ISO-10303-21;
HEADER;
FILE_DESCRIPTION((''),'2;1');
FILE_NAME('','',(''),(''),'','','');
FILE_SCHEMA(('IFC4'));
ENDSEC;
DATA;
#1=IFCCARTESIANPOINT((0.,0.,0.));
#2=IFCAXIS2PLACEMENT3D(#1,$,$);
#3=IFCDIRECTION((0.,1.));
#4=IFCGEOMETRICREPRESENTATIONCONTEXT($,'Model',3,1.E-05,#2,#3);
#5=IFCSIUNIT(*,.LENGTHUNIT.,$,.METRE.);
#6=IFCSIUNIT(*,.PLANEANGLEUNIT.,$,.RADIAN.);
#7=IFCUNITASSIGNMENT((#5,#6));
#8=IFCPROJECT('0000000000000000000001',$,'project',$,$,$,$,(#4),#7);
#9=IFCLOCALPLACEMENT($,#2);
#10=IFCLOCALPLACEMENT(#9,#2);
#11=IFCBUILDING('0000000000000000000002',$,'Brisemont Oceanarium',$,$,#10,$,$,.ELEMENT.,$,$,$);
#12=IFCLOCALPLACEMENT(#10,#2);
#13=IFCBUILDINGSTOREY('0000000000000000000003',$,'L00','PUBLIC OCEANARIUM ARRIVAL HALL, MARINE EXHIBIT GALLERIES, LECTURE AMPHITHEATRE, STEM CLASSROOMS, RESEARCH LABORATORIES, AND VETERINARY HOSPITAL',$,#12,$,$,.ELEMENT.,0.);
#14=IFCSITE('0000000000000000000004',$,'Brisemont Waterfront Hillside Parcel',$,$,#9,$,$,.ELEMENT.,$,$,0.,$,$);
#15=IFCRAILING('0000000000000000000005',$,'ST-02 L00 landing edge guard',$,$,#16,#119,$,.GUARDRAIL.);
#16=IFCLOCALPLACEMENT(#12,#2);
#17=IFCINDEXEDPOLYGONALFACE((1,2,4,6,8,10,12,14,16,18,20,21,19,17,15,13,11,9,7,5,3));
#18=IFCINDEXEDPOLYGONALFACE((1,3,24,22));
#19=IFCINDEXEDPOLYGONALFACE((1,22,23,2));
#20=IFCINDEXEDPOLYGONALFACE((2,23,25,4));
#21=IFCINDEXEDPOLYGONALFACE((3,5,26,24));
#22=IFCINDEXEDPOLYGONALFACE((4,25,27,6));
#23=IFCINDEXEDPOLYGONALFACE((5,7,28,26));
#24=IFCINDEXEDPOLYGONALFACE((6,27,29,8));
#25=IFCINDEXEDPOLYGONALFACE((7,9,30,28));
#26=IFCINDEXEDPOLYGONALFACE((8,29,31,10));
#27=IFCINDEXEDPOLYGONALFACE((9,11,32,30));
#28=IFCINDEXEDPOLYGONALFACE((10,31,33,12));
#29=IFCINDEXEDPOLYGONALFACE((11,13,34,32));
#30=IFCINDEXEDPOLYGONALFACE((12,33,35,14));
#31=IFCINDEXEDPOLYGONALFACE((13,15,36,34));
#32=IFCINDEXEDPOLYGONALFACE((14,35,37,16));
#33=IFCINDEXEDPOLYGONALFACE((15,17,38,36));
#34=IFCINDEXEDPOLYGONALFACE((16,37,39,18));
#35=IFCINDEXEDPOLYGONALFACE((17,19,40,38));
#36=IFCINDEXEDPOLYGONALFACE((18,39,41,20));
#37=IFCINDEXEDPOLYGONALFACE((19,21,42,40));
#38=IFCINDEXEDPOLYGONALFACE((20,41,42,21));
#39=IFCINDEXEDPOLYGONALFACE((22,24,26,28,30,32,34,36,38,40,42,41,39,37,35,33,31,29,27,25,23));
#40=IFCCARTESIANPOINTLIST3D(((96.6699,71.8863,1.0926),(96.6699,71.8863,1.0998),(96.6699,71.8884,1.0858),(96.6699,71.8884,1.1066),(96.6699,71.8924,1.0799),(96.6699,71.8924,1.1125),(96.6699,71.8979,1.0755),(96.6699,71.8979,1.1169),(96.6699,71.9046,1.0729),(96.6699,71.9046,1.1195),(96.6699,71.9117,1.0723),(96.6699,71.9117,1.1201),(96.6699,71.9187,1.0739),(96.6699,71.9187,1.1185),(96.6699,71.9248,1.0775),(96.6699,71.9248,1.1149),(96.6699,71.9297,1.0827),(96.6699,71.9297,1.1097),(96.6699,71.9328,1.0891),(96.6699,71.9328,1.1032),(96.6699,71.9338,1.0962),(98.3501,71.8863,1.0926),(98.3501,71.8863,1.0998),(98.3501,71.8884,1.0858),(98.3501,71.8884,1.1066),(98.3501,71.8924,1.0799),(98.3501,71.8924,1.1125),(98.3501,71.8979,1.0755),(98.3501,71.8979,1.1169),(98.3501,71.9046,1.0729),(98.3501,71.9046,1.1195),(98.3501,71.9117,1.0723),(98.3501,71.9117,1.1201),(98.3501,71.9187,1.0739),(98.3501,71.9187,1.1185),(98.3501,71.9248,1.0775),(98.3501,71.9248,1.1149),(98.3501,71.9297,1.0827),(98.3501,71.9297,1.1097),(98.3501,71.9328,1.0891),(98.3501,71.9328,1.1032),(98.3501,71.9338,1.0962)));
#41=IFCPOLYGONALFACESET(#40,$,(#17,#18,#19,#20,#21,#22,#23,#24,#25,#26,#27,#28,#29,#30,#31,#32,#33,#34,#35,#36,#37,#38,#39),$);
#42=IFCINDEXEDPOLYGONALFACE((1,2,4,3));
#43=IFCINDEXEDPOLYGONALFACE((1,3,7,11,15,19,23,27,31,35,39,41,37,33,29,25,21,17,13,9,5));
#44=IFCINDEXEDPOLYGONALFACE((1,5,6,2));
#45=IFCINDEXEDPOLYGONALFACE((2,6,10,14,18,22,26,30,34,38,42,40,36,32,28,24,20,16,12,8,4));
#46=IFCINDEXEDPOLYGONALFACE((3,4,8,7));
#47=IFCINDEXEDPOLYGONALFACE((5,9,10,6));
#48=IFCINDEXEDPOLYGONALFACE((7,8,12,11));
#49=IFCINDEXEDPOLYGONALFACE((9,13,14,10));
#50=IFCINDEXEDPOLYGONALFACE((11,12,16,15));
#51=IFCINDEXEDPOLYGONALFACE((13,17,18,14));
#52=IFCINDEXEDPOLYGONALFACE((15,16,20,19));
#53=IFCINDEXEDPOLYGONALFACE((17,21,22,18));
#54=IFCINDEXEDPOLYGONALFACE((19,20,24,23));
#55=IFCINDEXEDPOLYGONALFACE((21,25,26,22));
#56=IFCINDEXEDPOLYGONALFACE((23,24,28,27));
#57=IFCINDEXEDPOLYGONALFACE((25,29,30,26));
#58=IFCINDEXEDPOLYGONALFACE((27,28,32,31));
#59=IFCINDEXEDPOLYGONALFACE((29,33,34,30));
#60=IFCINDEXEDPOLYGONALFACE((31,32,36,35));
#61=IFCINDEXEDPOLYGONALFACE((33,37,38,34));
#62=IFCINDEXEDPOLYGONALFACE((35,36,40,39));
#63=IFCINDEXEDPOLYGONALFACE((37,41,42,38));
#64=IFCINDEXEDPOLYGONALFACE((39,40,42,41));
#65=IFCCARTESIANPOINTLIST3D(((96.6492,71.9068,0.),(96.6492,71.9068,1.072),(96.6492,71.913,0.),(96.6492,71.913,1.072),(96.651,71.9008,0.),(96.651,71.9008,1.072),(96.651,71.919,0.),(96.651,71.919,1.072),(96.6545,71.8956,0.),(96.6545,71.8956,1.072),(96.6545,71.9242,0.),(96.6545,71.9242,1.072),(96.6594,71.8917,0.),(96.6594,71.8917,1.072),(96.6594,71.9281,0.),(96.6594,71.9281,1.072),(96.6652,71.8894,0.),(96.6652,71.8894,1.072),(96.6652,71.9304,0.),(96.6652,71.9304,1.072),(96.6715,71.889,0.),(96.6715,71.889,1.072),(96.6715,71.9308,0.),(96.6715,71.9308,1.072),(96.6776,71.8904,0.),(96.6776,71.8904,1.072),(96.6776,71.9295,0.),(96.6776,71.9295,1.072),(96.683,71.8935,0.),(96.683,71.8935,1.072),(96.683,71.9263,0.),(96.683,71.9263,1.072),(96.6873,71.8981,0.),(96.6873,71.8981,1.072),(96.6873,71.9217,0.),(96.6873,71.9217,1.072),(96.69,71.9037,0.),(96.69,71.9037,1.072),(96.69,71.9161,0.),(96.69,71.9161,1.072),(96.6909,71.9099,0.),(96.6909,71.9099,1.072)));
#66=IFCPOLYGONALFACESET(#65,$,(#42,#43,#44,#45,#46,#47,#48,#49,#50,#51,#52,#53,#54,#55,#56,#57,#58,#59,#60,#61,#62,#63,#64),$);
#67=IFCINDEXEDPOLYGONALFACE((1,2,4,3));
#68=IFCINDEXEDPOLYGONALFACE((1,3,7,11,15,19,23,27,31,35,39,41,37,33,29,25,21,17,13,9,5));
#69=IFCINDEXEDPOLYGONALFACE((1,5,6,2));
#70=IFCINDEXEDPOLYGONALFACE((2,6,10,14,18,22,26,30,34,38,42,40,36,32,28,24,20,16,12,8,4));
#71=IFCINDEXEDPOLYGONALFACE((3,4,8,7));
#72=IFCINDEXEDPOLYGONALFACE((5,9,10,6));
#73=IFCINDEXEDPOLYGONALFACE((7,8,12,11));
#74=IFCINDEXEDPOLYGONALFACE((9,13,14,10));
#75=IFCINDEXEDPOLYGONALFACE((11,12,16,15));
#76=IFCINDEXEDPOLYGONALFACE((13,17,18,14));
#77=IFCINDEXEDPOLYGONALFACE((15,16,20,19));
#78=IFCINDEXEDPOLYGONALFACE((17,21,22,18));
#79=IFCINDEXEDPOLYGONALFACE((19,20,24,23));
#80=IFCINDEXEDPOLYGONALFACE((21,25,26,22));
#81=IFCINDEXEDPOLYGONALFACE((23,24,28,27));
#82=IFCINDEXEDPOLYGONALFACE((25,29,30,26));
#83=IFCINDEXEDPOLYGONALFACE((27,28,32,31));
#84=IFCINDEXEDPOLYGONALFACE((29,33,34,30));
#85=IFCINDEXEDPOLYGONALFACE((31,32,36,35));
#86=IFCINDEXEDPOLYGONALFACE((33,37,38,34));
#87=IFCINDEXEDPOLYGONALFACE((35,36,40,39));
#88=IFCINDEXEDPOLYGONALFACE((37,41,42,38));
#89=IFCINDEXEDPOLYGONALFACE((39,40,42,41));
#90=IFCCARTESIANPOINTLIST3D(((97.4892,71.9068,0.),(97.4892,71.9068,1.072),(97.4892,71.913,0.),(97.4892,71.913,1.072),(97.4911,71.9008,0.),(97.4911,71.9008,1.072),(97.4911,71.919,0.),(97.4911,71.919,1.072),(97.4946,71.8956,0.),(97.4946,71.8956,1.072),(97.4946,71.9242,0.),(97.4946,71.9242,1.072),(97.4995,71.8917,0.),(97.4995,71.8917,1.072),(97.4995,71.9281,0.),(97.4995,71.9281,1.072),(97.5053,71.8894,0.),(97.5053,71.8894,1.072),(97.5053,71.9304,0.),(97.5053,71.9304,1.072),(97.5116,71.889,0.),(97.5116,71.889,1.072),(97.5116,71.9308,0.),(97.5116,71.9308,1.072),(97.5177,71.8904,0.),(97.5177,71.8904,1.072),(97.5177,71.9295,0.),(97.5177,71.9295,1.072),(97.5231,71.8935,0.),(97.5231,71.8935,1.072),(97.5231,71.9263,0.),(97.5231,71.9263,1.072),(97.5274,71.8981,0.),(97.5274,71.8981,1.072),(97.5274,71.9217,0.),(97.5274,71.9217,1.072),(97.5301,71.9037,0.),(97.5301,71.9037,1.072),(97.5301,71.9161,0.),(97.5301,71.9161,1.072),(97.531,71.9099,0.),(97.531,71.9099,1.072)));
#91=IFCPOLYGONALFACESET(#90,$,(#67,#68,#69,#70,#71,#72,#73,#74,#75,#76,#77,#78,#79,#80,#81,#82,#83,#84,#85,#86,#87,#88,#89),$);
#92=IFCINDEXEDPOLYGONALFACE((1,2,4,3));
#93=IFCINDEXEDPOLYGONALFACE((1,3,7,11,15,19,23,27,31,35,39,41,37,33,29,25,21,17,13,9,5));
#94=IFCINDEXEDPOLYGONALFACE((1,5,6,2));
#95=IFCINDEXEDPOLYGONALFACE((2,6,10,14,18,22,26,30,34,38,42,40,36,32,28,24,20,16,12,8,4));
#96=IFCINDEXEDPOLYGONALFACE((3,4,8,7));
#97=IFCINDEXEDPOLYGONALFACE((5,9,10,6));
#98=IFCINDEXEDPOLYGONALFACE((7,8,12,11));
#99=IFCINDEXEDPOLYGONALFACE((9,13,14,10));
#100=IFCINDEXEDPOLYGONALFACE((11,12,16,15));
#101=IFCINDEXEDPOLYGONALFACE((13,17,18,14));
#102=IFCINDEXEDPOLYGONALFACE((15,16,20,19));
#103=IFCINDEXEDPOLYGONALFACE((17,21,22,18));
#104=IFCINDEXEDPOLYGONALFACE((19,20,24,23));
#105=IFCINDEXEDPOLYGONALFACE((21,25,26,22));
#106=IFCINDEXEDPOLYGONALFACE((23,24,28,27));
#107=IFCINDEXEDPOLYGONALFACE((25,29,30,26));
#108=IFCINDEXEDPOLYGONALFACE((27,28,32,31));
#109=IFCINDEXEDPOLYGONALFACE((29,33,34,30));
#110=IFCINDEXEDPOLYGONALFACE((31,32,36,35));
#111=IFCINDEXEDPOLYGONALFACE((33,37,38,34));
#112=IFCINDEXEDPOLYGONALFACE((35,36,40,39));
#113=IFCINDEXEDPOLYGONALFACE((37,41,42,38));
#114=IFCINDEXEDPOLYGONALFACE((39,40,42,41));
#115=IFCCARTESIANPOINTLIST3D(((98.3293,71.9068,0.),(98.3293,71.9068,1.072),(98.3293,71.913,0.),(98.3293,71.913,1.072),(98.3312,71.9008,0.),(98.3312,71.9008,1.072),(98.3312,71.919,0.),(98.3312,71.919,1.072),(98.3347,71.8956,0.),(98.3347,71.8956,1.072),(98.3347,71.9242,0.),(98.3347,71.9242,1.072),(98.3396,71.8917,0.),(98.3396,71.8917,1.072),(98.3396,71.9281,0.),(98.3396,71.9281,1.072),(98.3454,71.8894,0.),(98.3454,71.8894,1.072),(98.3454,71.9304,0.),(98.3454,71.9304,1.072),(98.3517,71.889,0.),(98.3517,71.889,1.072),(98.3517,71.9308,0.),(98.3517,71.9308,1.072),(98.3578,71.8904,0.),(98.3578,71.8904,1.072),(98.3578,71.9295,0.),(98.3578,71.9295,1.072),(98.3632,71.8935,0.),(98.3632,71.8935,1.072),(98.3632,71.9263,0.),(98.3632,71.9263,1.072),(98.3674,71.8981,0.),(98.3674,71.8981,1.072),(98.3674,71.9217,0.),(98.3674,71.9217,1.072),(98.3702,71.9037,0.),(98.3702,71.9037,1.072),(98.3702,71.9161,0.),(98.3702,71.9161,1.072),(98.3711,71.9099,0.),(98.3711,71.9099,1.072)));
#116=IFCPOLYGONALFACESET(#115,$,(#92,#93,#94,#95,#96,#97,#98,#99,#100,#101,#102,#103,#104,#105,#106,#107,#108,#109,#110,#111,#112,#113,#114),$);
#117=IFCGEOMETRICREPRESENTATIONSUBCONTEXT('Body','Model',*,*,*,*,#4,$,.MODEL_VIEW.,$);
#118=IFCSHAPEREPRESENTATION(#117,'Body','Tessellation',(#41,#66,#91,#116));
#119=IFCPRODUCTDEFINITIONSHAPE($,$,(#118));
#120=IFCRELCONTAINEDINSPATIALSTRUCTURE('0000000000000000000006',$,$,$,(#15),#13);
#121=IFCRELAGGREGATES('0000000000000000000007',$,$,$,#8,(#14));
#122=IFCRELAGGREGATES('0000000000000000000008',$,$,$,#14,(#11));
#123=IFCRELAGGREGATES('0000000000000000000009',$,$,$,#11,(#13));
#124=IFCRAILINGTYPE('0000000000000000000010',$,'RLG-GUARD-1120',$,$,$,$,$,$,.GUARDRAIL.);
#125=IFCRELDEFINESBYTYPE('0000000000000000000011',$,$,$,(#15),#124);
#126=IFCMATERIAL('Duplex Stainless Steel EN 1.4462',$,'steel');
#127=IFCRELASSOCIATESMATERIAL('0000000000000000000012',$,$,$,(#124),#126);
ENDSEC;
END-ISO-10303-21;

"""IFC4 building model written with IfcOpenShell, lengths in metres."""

from ifc_helpers import new_model, si_unit, direction, frame, origin, origin_2d, place, context, subcontext, project, spatial, circle, extrude, material, type_object, element, save


model = new_model("IFC4")

# Units and contexts
model_context = context("Model", 3, precision=1e-05, world=origin(), true_north=direction((0.0, 1.0)))
body_context = subcontext(model_context, "Body", "Model", "MODEL_VIEW")
ifc_project = project(units=[si_unit("LENGTHUNIT", "METRE"), si_unit("PLANEANGLEUNIT", "RADIAN")], contexts=[model_context])

# Site, building, storey
site_placement = place(None, origin())
site = spatial("IfcSite", under=ifc_project, at=site_placement, Name="Brisemont Waterfront Hillside Parcel", CompositionType="ELEMENT", RefElevation=0.0)
building_placement = place(site_placement, origin())
building = spatial("IfcBuilding", under=site, at=building_placement, Name="Brisemont Oceanarium", CompositionType="ELEMENT")
storey_placement = place(building_placement, origin())
storey = spatial("IfcBuildingStorey", under=building, at=storey_placement, Name="L00", Description="PUBLIC OCEANARIUM ARRIVAL HALL, MARINE EXHIBIT GALLERIES, LECTURE AMPHITHEATRE, STEM CLASSROOMS, RESEARCH LABORATORIES, AND VETERINARY HOSPITAL", CompositionType="ELEMENT", Elevation=0.0)

# Railing
ifc_material_1 = material(Name="Duplex Stainless Steel EN 1.4462", Category="steel")
railing_type_1 = type_object("IfcRailingType", Name="RLG-GUARD-1120", PredefinedType="GUARDRAIL", material=ifc_material_1)
railing_1_placement = place(storey_placement, frame((96.6699, 71.9099, 0.0)))
element("IfcRailing", 1, at=railing_1_placement, inside=storey, type_object=railing_type_1, Name="ST-02 L00 landing edge guard", PredefinedType="GUARDRAIL", context=body_context, shape_type="SweptSolid", body=[
    extrude(circle(Radius=0.0239, at=origin_2d()), frame((0.0, 0.0, 1.0962), z_axis=(1.0, 0.0, 0.0), x_axis=(0.0, 1.0, 0.0)), (0.0, 0.0, 1.0), 1.6802),
    extrude(circle(Radius=0.021, at=origin_2d()), origin(), (0.0, 0.0, 1.0), 1.072),
    extrude(circle(Radius=0.021, at=origin_2d()), frame((0.8401, 0.0, 0.0)), (0.0, 0.0, 1.0), 1.072),
    extrude(circle(Radius=0.021, at=origin_2d()), frame((1.6802, 0.0, 0.0)), (0.0, 0.0, 1.0), 1.072),
])

save(model, "model.ifc")
